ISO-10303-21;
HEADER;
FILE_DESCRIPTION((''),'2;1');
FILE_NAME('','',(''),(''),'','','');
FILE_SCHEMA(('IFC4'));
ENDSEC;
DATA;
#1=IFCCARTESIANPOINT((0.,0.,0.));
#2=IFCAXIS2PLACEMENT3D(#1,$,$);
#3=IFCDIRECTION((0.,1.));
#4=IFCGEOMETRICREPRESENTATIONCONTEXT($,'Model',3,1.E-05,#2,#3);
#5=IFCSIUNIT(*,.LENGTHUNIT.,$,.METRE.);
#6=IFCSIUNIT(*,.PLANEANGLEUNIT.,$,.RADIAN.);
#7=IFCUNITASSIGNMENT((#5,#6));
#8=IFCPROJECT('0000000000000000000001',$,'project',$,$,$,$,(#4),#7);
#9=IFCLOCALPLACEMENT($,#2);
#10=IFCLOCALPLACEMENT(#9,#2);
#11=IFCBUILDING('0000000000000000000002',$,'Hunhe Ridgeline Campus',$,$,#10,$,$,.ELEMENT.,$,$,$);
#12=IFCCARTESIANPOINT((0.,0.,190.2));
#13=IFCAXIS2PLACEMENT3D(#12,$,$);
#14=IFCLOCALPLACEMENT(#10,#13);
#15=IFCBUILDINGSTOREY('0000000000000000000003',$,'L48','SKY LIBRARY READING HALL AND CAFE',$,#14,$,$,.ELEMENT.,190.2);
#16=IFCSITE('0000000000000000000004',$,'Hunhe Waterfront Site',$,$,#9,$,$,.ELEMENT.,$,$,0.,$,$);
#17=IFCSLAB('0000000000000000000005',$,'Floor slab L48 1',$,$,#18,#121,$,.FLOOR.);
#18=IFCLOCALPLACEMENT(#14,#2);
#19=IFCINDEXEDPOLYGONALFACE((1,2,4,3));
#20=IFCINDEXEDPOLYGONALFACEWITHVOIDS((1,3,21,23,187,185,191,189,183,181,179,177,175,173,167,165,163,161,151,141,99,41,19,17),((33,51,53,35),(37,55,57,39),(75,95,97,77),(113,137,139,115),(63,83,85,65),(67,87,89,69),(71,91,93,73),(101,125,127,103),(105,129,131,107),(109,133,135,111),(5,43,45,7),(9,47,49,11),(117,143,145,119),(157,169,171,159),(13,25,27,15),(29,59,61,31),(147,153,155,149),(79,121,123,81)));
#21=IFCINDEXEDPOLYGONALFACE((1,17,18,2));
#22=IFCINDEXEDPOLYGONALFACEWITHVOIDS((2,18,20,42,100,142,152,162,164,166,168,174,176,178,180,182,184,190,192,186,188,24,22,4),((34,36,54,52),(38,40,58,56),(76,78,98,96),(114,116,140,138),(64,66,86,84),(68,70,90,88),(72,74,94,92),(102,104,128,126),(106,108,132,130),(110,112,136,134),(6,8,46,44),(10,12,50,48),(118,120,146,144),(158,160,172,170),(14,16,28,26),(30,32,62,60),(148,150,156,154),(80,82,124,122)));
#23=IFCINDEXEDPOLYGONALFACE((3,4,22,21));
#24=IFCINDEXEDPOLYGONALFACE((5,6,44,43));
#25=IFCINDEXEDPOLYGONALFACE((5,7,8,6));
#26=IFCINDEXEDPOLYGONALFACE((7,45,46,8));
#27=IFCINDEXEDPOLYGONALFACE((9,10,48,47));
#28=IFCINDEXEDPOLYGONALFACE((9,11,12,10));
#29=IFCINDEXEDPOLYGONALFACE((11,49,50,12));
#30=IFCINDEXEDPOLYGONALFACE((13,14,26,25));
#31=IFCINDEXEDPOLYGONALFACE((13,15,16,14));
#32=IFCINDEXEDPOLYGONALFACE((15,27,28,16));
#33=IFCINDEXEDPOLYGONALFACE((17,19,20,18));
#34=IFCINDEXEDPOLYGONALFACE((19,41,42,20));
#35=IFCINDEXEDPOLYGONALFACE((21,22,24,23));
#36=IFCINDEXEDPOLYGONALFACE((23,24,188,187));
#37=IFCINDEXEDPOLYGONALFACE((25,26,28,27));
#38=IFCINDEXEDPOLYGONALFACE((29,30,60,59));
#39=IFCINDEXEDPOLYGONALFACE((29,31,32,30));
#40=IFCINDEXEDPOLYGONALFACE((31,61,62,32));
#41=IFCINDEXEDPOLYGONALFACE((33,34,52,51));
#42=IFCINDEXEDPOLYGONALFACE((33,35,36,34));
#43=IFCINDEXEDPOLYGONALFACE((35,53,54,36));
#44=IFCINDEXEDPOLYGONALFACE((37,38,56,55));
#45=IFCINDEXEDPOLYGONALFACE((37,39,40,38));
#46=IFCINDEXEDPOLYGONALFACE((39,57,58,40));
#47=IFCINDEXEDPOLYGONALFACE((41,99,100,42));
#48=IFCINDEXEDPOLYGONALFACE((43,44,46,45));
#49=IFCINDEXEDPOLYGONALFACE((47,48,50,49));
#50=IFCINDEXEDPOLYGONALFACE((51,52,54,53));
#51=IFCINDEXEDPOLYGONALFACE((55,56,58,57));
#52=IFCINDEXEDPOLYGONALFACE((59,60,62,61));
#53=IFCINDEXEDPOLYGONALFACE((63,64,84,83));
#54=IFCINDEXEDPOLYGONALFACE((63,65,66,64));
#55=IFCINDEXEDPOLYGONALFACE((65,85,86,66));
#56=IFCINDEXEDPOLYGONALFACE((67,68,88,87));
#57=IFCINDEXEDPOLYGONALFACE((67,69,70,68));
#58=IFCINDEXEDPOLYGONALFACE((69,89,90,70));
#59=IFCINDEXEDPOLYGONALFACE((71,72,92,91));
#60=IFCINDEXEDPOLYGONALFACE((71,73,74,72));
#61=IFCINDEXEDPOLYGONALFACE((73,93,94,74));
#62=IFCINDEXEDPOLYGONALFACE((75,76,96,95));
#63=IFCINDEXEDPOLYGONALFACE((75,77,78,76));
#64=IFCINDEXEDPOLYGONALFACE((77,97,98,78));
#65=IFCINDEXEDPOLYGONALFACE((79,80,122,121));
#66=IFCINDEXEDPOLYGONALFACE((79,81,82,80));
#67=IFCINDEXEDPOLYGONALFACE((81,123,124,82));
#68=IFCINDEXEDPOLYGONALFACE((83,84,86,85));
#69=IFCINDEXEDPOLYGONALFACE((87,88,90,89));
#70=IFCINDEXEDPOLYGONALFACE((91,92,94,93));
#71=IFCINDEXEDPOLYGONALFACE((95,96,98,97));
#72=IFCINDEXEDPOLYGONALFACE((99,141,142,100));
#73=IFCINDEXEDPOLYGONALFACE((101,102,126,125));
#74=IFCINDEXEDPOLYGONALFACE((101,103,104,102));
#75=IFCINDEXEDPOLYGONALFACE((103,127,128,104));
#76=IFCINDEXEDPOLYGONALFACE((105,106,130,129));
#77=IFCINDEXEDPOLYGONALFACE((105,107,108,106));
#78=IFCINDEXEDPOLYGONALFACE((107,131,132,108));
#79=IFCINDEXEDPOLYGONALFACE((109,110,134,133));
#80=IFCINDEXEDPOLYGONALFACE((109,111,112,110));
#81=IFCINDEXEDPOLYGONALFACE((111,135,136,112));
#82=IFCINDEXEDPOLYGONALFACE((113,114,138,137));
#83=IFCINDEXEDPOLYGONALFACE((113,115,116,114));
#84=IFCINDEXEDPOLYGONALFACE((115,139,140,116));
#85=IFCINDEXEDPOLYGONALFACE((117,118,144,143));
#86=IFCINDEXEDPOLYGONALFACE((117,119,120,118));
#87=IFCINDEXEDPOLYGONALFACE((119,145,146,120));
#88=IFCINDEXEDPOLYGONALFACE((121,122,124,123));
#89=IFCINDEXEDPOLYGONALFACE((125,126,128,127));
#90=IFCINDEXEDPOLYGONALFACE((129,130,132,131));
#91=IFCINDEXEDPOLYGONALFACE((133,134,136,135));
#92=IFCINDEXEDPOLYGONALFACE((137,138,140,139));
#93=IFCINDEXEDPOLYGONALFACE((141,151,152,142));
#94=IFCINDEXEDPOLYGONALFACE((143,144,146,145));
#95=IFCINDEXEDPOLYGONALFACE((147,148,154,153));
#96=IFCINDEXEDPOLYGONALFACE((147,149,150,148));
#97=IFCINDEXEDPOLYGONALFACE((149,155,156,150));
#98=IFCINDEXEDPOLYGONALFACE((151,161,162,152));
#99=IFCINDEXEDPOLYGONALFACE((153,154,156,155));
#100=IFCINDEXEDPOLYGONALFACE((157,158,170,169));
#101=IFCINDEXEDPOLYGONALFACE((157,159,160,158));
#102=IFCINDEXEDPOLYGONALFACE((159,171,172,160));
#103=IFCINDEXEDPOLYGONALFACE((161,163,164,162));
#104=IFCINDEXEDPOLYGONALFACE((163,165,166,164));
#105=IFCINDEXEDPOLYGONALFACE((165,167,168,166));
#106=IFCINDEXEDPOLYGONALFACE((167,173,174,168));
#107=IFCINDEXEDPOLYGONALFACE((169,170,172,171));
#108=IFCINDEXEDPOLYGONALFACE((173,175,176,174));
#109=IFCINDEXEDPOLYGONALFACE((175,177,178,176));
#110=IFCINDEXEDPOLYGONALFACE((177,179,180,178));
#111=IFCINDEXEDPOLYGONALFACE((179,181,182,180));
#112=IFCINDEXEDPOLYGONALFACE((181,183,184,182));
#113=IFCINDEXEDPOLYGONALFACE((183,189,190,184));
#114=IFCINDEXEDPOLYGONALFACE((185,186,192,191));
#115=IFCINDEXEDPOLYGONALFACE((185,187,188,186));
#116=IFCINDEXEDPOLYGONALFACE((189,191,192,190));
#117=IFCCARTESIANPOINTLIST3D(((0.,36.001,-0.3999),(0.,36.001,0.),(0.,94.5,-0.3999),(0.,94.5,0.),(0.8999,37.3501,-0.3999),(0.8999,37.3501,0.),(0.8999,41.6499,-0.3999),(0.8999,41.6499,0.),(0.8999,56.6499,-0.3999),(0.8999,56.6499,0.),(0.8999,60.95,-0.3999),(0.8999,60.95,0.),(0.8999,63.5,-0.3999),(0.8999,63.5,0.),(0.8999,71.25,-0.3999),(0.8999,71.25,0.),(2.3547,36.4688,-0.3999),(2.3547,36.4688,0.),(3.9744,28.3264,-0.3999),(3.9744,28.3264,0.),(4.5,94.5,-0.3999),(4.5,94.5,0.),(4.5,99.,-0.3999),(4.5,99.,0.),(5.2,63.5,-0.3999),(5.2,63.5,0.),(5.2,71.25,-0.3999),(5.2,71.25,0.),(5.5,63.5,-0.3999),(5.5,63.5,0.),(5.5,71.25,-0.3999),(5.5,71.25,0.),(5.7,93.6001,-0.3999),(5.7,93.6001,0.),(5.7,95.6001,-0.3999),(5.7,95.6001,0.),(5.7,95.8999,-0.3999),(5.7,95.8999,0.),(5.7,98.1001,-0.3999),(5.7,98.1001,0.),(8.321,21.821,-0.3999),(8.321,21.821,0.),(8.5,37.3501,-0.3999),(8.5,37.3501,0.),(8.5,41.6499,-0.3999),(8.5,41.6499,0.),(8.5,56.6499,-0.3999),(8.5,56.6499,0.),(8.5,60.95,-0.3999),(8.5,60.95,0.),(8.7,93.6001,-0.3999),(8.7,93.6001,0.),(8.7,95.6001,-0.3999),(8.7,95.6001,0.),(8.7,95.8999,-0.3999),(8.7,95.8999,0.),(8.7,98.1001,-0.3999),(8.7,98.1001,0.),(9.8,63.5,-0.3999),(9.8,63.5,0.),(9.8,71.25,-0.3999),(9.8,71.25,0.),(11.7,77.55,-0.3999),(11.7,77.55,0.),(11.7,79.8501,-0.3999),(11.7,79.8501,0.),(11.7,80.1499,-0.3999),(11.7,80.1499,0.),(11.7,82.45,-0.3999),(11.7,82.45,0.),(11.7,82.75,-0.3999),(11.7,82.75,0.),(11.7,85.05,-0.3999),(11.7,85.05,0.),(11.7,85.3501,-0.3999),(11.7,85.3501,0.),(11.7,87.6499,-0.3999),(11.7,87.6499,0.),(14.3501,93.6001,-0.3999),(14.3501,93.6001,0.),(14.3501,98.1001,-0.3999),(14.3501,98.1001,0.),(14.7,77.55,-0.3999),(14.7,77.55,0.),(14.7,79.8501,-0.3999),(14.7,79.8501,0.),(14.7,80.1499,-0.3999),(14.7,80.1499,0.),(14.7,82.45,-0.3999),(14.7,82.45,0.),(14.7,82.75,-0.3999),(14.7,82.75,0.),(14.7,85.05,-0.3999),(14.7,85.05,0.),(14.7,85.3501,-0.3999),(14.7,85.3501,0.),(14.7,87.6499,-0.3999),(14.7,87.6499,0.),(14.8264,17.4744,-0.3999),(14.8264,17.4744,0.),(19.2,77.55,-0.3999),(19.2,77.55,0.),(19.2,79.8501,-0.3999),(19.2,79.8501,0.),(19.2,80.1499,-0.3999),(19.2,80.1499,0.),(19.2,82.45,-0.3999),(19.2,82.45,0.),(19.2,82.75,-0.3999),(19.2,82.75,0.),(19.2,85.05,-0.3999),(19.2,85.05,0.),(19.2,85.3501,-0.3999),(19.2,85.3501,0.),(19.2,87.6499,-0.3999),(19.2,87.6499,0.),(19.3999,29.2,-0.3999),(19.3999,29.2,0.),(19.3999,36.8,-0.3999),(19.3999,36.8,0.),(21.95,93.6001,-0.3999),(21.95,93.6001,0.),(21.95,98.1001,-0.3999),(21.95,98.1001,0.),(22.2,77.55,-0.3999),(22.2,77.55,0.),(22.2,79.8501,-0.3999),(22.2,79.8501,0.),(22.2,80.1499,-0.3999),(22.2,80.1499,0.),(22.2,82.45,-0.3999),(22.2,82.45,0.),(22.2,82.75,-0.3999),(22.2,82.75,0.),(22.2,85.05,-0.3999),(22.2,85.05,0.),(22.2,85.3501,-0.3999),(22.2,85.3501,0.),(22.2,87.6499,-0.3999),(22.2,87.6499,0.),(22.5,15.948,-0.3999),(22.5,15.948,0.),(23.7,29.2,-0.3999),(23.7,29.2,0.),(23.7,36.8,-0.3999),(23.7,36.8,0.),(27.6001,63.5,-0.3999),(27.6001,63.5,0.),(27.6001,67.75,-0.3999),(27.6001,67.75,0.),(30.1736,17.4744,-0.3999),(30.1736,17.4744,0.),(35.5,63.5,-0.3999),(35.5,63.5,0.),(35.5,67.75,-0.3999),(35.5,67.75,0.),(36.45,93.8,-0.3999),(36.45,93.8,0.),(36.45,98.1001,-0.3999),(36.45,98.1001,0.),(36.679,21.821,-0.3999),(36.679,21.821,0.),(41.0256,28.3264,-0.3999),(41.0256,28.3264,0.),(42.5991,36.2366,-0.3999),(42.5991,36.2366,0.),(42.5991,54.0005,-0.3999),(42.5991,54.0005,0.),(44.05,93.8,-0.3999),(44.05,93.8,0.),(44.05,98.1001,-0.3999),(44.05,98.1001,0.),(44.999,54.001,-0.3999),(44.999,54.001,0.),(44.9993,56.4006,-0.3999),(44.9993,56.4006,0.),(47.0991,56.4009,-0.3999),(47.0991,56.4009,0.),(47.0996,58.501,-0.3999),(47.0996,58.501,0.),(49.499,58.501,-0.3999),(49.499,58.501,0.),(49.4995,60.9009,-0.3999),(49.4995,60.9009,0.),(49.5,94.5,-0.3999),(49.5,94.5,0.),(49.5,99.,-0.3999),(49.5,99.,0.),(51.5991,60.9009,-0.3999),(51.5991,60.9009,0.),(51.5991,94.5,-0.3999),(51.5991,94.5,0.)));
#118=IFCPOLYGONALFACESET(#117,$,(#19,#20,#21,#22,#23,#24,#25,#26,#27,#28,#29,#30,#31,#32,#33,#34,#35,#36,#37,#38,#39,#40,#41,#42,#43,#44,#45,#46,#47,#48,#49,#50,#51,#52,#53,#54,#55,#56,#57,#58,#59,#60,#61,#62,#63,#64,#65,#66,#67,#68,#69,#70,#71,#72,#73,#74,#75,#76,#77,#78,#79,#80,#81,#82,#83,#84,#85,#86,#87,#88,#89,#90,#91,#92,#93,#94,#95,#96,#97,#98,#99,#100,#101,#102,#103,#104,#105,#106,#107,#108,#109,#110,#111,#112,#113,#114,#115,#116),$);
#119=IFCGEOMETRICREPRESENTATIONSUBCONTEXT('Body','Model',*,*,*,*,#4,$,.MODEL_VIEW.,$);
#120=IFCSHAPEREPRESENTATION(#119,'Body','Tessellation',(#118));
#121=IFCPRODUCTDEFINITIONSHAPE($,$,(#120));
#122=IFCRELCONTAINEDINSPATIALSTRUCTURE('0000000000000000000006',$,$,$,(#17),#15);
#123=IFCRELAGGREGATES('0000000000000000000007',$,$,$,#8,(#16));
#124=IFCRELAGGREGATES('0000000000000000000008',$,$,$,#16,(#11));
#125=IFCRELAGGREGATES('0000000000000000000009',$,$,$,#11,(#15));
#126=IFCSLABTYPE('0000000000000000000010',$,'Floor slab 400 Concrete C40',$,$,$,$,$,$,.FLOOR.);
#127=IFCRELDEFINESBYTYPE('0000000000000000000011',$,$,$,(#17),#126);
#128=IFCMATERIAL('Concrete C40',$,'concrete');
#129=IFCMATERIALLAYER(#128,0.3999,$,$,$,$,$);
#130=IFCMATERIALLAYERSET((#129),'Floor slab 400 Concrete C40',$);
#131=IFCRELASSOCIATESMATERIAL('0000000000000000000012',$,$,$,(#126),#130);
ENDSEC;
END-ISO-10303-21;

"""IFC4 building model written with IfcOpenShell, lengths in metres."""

from ifc_helpers import new_model, si_unit, direction, frame, origin, place, context, subcontext, project, spatial, polyline, outline, extrude, material, layer, layer_set, type_object, element, save


model = new_model("IFC4")

# Units and contexts
model_context = context("Model", 3, precision=1e-05, world=origin(), true_north=direction((0.0, 1.0)))
body_context = subcontext(model_context, "Body", "Model", "MODEL_VIEW")
ifc_project = project(units=[si_unit("LENGTHUNIT", "METRE"), si_unit("PLANEANGLEUNIT", "RADIAN")], contexts=[model_context])

# Site, building, storey
site_placement = place(None, origin())
site = spatial("IfcSite", under=ifc_project, at=site_placement, Name="Hunhe Waterfront Site", CompositionType="ELEMENT", RefElevation=0.0)
building_placement = place(site_placement, origin())
building = spatial("IfcBuilding", under=site, at=building_placement, Name="Hunhe Ridgeline Campus", CompositionType="ELEMENT")
storey_placement = place(building_placement, frame((0.0, 0.0, 190.2)))
storey = spatial("IfcBuildingStorey", under=building, at=storey_placement, Name="L48", Description="SKY LIBRARY READING HALL AND CAFE", CompositionType="ELEMENT", Elevation=190.2)

# Slab
ifc_material_1 = material(Name="Concrete C40", Category="concrete")
ifc_layer_1 = layer(ifc_material_1, 0.3999)
ifc_layer_set_1 = layer_set([ifc_layer_1], Name="Floor slab 400 Concrete C40")
slab_type_1 = type_object("IfcSlabType", Name="Floor slab 400 Concrete C40", PredefinedType="FLOOR", material=ifc_layer_set_1)
slab_1_placement = place(storey_placement, frame((0.0, 0.0, -0.3999)))
element("IfcSlab", 1, at=slab_1_placement, inside=storey, type_object=slab_type_1, Name="Floor slab L48 1", PredefinedType="FLOOR", context=body_context, shape_type="SweptSolid", body=[
    extrude(outline(polyline([(30.1736, 17.4744), (36.679, 21.821), (41.0256, 28.3264), (42.5991, 36.2366), (42.5991, 54.0005), (44.999, 54.001), (44.9993, 56.4006), (47.0991, 56.4009), (47.0996, 58.501), (49.499, 58.501), (49.4995, 60.9009), (51.5991, 60.9009), (51.5991, 94.5), (49.5, 94.5), (49.5, 99.0), (4.5, 99.0), (4.5, 94.5), (0.0, 94.5), (0.0, 36.001), (2.3547, 36.4688), (3.9744, 28.3264), (8.321, 21.821), (14.8264, 17.4744), (22.5, 15.948), (30.1736, 17.4744)]), holes=[polyline([(36.45, 93.8), (44.05, 93.8), (44.05, 98.1001), (36.45, 98.1001), (36.45, 93.8)]), polyline([(35.5, 63.5), (35.5, 67.75), (27.6001, 67.75), (27.6001, 63.5), (35.5, 63.5)]), polyline([(19.3999, 29.2), (23.7, 29.2), (23.7, 36.8), (19.3999, 36.8), (19.3999, 29.2)]), polyline([(22.2, 80.1499), (22.2, 82.45), (19.2, 82.45), (19.2, 80.1499), (22.2, 80.1499)]), polyline([(22.2, 79.8501), (19.2, 79.8501), (19.2, 77.55), (22.2, 77.55), (22.2, 79.8501)]), polyline([(19.2, 87.6499), (19.2, 85.3501), (22.2, 85.3501), (22.2, 87.6499), (19.2, 87.6499)]), polyline([(19.2, 82.75), (22.2, 82.75), (22.2, 85.05), (19.2, 85.05), (19.2, 82.75)]), polyline([(14.3501, 93.6001), (21.95, 93.6001), (21.95, 98.1001), (14.3501, 98.1001), (14.3501, 93.6001)]), polyline([(14.7, 79.8501), (11.7, 79.8501), (11.7, 77.55), (14.7, 77.55), (14.7, 79.8501)]), polyline([(14.7, 80.1499), (14.7, 82.45), (11.7, 82.45), (11.7, 80.1499), (14.7, 80.1499)]), polyline([(11.7, 87.6499), (11.7, 85.3501), (14.7, 85.3501), (14.7, 87.6499), (11.7, 87.6499)]), polyline([(11.7, 82.75), (14.7, 82.75), (14.7, 85.05), (11.7, 85.05), (11.7, 82.75)]), polyline([(9.8, 71.25), (5.5, 71.25), (5.5, 63.5), (9.8, 63.5), (9.8, 71.25)]), polyline([(8.7, 95.8999), (8.7, 98.1001), (5.7, 98.1001), (5.7, 95.8999), (8.7, 95.8999)]), polyline([(8.7, 95.6001), (5.7, 95.6001), (5.7, 93.6001), (8.7, 93.6001), (8.7, 95.6001)]), polyline([(0.8999, 37.3501), (8.5, 37.3501), (8.5, 41.6499), (0.8999, 41.6499), (0.8999, 37.3501)]), polyline([(0.8999, 60.95), (0.8999, 56.6499), (8.5, 56.6499), (8.5, 60.95), (0.8999, 60.95)]), polyline([(0.8999, 71.25), (0.8999, 63.5), (5.2, 63.5), (5.2, 71.25), (0.8999, 71.25)])]), origin(), (0.0, 0.0, 1.0), 0.3999),
])

save(model, "model.ifc")
